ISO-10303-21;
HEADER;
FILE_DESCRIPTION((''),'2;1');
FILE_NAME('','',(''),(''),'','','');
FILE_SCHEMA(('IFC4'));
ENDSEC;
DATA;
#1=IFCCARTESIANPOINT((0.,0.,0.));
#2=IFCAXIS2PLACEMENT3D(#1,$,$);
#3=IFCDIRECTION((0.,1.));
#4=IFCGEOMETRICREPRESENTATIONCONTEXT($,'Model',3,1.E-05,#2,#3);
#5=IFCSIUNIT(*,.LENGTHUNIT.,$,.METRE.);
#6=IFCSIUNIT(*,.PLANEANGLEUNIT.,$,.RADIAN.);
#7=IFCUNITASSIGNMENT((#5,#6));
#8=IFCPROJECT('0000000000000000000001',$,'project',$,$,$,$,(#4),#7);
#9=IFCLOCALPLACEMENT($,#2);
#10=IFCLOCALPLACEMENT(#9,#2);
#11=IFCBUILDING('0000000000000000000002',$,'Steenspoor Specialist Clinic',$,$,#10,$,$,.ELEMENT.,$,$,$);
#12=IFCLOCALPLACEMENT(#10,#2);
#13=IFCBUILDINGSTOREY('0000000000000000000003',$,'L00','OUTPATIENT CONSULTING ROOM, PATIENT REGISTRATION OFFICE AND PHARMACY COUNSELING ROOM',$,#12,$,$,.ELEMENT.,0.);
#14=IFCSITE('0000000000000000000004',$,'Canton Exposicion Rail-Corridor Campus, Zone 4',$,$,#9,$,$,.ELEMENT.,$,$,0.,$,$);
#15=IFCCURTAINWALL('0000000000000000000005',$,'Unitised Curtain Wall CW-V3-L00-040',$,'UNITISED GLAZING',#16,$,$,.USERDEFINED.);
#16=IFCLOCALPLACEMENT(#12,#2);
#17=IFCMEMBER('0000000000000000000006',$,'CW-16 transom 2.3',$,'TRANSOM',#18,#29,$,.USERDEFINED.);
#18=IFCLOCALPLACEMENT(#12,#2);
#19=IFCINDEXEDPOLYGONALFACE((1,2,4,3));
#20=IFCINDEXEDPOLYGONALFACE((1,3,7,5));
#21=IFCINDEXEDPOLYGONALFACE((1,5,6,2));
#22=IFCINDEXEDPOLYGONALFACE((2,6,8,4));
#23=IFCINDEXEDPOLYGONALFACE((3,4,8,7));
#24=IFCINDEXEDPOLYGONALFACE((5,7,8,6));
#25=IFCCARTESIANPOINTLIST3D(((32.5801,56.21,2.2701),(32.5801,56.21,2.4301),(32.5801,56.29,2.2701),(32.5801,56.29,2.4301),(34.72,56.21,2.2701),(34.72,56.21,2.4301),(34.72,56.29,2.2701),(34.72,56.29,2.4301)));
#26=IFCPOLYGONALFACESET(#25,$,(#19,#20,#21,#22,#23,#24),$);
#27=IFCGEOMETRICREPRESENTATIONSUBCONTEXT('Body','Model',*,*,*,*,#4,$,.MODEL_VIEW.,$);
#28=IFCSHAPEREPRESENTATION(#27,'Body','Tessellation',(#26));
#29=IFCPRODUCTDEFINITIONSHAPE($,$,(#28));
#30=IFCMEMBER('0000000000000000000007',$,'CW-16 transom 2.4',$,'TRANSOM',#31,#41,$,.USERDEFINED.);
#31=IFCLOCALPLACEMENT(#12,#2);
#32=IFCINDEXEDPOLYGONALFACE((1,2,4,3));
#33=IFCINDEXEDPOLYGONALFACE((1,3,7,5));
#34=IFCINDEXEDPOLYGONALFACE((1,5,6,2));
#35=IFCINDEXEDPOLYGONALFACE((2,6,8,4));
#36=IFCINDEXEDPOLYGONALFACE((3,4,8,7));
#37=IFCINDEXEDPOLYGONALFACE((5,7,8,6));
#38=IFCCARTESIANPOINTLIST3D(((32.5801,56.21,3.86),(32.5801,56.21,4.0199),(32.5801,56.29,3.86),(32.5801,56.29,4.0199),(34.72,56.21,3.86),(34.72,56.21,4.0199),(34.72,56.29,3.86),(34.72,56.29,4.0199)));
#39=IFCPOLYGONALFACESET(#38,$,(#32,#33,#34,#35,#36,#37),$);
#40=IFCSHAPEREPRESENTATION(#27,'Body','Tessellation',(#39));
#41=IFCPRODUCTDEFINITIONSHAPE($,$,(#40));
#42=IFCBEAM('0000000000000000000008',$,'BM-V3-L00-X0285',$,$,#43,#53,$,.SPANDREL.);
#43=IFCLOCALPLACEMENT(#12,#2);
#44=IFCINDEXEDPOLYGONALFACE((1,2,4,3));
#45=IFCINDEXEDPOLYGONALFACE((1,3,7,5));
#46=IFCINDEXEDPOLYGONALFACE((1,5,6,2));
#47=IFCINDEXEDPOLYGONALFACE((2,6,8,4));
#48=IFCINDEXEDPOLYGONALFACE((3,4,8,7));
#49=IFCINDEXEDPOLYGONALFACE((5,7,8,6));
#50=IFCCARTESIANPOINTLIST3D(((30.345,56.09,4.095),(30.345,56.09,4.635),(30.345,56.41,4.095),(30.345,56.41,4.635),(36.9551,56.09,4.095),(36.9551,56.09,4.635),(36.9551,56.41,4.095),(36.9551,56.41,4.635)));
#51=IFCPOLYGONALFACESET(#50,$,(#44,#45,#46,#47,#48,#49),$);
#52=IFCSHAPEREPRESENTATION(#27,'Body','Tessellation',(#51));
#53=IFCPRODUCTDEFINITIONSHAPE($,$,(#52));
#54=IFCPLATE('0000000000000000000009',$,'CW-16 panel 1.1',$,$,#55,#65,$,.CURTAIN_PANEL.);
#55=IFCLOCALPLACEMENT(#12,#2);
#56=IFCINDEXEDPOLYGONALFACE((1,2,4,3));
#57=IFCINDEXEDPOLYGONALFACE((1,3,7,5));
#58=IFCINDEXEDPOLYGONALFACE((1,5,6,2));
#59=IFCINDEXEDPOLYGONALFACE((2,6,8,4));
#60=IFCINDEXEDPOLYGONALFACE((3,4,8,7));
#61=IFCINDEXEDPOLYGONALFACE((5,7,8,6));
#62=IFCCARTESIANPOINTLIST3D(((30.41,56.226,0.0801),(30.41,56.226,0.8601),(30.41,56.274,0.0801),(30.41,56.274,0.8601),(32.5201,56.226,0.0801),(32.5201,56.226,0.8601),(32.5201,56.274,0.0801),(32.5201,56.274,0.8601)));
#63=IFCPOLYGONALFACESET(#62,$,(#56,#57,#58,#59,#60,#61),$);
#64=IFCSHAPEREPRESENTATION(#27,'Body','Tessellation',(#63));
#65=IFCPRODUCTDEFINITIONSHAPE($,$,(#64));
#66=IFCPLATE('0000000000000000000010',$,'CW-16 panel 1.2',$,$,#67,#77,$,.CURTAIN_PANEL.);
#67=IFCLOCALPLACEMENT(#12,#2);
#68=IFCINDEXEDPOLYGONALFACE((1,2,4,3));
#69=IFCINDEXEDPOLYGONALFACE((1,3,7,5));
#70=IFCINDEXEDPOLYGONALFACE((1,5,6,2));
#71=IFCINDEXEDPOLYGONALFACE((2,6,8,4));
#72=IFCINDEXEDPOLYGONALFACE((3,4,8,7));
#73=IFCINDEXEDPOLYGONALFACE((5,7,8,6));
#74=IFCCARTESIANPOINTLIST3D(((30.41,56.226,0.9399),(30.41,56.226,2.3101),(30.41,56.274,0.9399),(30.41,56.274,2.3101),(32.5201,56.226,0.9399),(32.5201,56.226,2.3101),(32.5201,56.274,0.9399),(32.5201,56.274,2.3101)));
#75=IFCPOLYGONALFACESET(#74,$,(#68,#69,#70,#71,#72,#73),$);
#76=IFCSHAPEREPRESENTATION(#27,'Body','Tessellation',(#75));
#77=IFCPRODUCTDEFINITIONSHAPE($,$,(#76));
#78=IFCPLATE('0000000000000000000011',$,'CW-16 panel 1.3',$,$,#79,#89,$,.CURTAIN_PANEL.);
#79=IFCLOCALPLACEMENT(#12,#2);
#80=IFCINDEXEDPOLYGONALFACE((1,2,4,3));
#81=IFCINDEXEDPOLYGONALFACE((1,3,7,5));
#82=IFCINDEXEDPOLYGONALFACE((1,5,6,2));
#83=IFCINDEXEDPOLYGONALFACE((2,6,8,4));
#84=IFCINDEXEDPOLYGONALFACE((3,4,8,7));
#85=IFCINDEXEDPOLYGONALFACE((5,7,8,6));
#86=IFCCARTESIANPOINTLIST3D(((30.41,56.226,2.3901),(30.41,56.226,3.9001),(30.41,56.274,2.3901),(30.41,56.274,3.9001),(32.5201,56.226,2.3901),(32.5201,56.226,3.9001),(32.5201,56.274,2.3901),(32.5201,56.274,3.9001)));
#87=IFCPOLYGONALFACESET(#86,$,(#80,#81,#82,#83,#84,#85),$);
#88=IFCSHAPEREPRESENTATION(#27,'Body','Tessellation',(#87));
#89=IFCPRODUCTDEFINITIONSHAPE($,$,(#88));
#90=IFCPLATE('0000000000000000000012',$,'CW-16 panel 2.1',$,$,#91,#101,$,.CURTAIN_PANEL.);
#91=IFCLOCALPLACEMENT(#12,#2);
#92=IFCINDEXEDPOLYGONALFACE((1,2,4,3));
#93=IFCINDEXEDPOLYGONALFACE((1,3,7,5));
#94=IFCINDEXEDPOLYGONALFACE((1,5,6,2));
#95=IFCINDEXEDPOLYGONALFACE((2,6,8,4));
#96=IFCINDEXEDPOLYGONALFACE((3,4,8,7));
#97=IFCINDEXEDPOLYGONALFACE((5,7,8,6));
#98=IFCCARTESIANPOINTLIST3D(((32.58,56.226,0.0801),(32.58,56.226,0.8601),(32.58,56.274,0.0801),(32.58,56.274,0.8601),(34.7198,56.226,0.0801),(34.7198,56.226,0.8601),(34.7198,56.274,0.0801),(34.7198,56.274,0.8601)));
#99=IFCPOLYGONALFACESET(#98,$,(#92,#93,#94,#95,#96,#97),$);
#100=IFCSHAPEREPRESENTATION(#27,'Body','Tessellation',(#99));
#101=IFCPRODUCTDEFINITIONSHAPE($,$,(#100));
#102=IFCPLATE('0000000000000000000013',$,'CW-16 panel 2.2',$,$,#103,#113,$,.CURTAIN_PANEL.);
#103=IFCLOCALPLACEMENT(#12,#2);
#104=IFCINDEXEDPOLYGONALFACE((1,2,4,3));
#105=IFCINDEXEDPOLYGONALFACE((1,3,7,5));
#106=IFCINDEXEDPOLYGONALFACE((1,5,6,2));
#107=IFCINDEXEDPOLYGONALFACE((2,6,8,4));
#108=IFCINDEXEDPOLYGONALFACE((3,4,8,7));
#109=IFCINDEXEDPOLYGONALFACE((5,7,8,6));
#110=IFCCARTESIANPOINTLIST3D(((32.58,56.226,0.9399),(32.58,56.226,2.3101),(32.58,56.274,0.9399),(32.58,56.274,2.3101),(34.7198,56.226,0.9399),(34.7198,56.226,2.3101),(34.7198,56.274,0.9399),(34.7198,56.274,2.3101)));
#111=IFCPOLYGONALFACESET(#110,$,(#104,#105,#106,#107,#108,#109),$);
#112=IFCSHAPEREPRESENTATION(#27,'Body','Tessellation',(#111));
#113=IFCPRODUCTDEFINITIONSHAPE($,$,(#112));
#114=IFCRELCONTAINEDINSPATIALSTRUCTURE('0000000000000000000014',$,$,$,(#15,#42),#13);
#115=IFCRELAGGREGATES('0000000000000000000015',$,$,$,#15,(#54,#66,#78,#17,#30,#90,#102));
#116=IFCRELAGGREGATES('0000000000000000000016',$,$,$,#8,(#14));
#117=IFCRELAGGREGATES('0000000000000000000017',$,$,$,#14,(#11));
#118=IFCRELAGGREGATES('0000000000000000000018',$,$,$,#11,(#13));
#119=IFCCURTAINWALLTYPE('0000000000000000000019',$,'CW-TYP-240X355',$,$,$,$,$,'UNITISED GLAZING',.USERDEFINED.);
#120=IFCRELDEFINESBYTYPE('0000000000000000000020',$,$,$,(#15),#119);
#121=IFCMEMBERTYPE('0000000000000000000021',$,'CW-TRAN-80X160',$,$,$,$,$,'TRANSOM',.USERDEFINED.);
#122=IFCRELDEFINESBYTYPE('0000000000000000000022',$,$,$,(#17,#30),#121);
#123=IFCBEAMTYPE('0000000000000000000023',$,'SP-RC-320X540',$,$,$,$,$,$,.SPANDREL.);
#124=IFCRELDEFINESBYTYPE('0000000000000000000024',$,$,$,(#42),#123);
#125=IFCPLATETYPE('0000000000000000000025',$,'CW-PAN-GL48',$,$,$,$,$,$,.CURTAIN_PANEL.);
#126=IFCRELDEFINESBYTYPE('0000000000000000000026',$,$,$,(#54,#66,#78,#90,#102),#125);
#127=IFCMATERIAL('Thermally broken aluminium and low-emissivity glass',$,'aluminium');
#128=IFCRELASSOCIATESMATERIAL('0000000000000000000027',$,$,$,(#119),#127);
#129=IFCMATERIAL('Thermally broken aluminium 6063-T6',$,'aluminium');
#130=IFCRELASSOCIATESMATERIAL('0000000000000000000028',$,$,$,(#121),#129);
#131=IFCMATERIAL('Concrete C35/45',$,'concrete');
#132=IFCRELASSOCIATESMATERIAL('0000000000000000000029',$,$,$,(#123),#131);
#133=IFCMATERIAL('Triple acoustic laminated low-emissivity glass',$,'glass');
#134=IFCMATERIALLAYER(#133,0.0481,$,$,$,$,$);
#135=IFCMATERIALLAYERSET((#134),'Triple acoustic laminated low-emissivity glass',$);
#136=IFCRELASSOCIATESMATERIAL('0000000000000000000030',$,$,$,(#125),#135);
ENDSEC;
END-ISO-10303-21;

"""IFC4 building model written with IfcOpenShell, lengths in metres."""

from ifc_helpers import new_model, si_unit, direction, frame, origin, origin_2d, place, context, subcontext, project, spatial, rectangle, extrude, material, layer, layer_set, material_profile, profile_set, type_object, element, aggregate, save


model = new_model("IFC4")

# Units and contexts
model_context = context("Model", 3, precision=1e-05, world=origin(), true_north=direction((0.0, 1.0)))
body_context = subcontext(model_context, "Body", "Model", "MODEL_VIEW")
ifc_project = project(units=[si_unit("LENGTHUNIT", "METRE"), si_unit("PLANEANGLEUNIT", "RADIAN")], contexts=[model_context])

# Site, building, storey
site_placement = place(None, origin())
site = spatial("IfcSite", under=ifc_project, at=site_placement, Name="Canton Exposicion Rail-Corridor Campus, Zone 4", CompositionType="ELEMENT", RefElevation=0.0)
building_placement = place(site_placement, origin())
building = spatial("IfcBuilding", under=site, at=building_placement, Name="Steenspoor Specialist Clinic", CompositionType="ELEMENT")
storey_placement = place(building_placement, origin())
storey = spatial("IfcBuildingStorey", under=building, at=storey_placement, Name="L00", Description="OUTPATIENT CONSULTING ROOM, PATIENT REGISTRATION OFFICE AND PHARMACY COUNSELING ROOM", CompositionType="ELEMENT", Elevation=0.0)

# Shared definitions
ifc_material_1 = material(Name="Concrete C35/45", Category="concrete")

# Curtain wall, members
ifc_material_2 = material(Name="Thermally broken aluminium and low-emissivity glass", Category="aluminium")
curtain_wall_type = type_object("IfcCurtainWallType", Name="CW-TYP-240X355", ElementType="UNITISED GLAZING", PredefinedType="USERDEFINED", material=ifc_material_2)
curtain_wall_placement = place(storey_placement, origin())
curtain_wall = element("IfcCurtainWall", 1, at=curtain_wall_placement, inside=storey, type_object=curtain_wall_type, Name="Unitised Curtain Wall CW-V3-L00-040", ObjectType="UNITISED GLAZING", PredefinedType="USERDEFINED")
ifc_material_3 = material(Name="Thermally broken aluminium 6063-T6", Category="aluminium")
ifc_material_profile_1 = material_profile(ifc_material_3, rectangle(XDim=0.0801, YDim=0.1599, at=origin_2d()), Name="CWT-80X160")
ifc_profile_set_1 = profile_set([ifc_material_profile_1], Name="Thermally broken aluminium 6063-T6")
member_type_1 = type_object("IfcMemberType", Name="CW-TRAN-80X160", ElementType="TRANSOM", PredefinedType="USERDEFINED", material=ifc_profile_set_1)
member_1_placement = place(storey_placement, frame((32.5801, 56.25, 2.3501), z_axis=(1.0, 0.0, 0.0), x_axis=(0.0, 1.0, 0.0)))
member_1 = element("IfcMember", 2, at=member_1_placement, type_object=member_type_1, Name="CW-16 transom 2.3", ObjectType="TRANSOM", PredefinedType="USERDEFINED", context=body_context, shape_type="SweptSolid", body=[
    extrude(rectangle(XDim=0.0801, YDim=0.1599, at=origin_2d()), origin(), (0.0, 0.0, 1.0), 2.1399),
])
member_2_placement = place(storey_placement, frame((32.5801, 56.25, 3.9399), z_axis=(1.0, 0.0, 0.0), x_axis=(0.0, 1.0, 0.0)))
member_2 = element("IfcMember", 3, at=member_2_placement, type_object=member_type_1, Name="CW-16 transom 2.4", ObjectType="TRANSOM", PredefinedType="USERDEFINED", context=body_context, shape_type="SweptSolid", body=[
    extrude(rectangle(XDim=0.0801, YDim=0.1599, at=origin_2d()), origin(), (0.0, 0.0, 1.0), 2.1399),
])

# Beam
ifc_material_profile_2 = material_profile(ifc_material_1, rectangle(XDim=0.3201, YDim=0.54, at=origin_2d()), Name="RC-SP-320X540")
ifc_profile_set_2 = profile_set([ifc_material_profile_2], Name="Concrete C35/45")
beam_type = type_object("IfcBeamType", Name="SP-RC-320X540", PredefinedType="SPANDREL", material=ifc_profile_set_2)
beam_placement = place(storey_placement, frame((30.345, 56.25, 4.365), z_axis=(1.0, 0.0, 0.0), x_axis=(0.0, 1.0, 0.0)))
element("IfcBeam", 4, at=beam_placement, inside=storey, type_object=beam_type, Name="BM-V3-L00-X0285", PredefinedType="SPANDREL", context=body_context, shape_type="SweptSolid", body=[
    extrude(rectangle(XDim=0.3201, YDim=0.54, at=origin_2d()), origin(), (0.0, 0.0, 1.0), 6.6101),
])

# Plates
ifc_material_4 = material(Name="Triple acoustic laminated low-emissivity glass", Category="glass")
ifc_layer = layer(ifc_material_4, 0.0481)
ifc_layer_set = layer_set([ifc_layer], Name="Triple acoustic laminated low-emissivity glass")
plate_type = type_object("IfcPlateType", Name="CW-PAN-GL48", PredefinedType="CURTAIN_PANEL", material=ifc_layer_set)
plate_1_placement = place(storey_placement, frame((31.4651, 56.25, 0.0801), z_axis=(0.0, 0.0, 1.0), x_axis=(1.0, 0.0, 0.0)))
plate_1 = element("IfcPlate", 5, at=plate_1_placement, type_object=plate_type, Name="CW-16 panel 1.1", PredefinedType="CURTAIN_PANEL", context=body_context, shape_type="SweptSolid", body=[
    extrude(rectangle(XDim=2.1101, YDim=0.0481, at=origin_2d()), origin(), (0.0, 0.0, 1.0), 0.78),
])
plate_2_placement = place(storey_placement, frame((31.4651, 56.25, 0.9399), z_axis=(0.0, 0.0, 1.0), x_axis=(1.0, 0.0, 0.0)))
plate_2 = element("IfcPlate", 6, at=plate_2_placement, type_object=plate_type, Name="CW-16 panel 1.2", PredefinedType="CURTAIN_PANEL", context=body_context, shape_type="SweptSolid", body=[
    extrude(rectangle(XDim=2.1101, YDim=0.0481, at=origin_2d()), origin(), (0.0, 0.0, 1.0), 1.3701),
])
plate_3_placement = place(storey_placement, frame((31.4651, 56.25, 2.3901), z_axis=(0.0, 0.0, 1.0), x_axis=(1.0, 0.0, 0.0)))
plate_3 = element("IfcPlate", 7, at=plate_3_placement, type_object=plate_type, Name="CW-16 panel 1.3", PredefinedType="CURTAIN_PANEL", context=body_context, shape_type="SweptSolid", body=[
    extrude(rectangle(XDim=2.1101, YDim=0.0481, at=origin_2d()), origin(), (0.0, 0.0, 1.0), 1.51),
])
plate_4_placement = place(storey_placement, frame((33.6499, 56.25, 0.0801), z_axis=(0.0, 0.0, 1.0), x_axis=(1.0, 0.0, 0.0)))
plate_4 = element("IfcPlate", 8, at=plate_4_placement, type_object=plate_type, Name="CW-16 panel 2.1", PredefinedType="CURTAIN_PANEL", context=body_context, shape_type="SweptSolid", body=[
    extrude(rectangle(XDim=2.1399, YDim=0.0481, at=origin_2d()), origin(), (0.0, 0.0, 1.0), 0.78),
])
plate_5_placement = place(storey_placement, frame((33.6499, 56.25, 0.9399), z_axis=(0.0, 0.0, 1.0), x_axis=(1.0, 0.0, 0.0)))
plate_5 = element("IfcPlate", 9, at=plate_5_placement, type_object=plate_type, Name="CW-16 panel 2.2", PredefinedType="CURTAIN_PANEL", context=body_context, shape_type="SweptSolid", body=[
    extrude(rectangle(XDim=2.1399, YDim=0.0481, at=origin_2d()), origin(), (0.0, 0.0, 1.0), 1.3701),
])
aggregate(curtain_wall, [plate_1, plate_2, plate_3, member_1, member_2, plate_4, plate_5])

save(model, "model.ifc")
